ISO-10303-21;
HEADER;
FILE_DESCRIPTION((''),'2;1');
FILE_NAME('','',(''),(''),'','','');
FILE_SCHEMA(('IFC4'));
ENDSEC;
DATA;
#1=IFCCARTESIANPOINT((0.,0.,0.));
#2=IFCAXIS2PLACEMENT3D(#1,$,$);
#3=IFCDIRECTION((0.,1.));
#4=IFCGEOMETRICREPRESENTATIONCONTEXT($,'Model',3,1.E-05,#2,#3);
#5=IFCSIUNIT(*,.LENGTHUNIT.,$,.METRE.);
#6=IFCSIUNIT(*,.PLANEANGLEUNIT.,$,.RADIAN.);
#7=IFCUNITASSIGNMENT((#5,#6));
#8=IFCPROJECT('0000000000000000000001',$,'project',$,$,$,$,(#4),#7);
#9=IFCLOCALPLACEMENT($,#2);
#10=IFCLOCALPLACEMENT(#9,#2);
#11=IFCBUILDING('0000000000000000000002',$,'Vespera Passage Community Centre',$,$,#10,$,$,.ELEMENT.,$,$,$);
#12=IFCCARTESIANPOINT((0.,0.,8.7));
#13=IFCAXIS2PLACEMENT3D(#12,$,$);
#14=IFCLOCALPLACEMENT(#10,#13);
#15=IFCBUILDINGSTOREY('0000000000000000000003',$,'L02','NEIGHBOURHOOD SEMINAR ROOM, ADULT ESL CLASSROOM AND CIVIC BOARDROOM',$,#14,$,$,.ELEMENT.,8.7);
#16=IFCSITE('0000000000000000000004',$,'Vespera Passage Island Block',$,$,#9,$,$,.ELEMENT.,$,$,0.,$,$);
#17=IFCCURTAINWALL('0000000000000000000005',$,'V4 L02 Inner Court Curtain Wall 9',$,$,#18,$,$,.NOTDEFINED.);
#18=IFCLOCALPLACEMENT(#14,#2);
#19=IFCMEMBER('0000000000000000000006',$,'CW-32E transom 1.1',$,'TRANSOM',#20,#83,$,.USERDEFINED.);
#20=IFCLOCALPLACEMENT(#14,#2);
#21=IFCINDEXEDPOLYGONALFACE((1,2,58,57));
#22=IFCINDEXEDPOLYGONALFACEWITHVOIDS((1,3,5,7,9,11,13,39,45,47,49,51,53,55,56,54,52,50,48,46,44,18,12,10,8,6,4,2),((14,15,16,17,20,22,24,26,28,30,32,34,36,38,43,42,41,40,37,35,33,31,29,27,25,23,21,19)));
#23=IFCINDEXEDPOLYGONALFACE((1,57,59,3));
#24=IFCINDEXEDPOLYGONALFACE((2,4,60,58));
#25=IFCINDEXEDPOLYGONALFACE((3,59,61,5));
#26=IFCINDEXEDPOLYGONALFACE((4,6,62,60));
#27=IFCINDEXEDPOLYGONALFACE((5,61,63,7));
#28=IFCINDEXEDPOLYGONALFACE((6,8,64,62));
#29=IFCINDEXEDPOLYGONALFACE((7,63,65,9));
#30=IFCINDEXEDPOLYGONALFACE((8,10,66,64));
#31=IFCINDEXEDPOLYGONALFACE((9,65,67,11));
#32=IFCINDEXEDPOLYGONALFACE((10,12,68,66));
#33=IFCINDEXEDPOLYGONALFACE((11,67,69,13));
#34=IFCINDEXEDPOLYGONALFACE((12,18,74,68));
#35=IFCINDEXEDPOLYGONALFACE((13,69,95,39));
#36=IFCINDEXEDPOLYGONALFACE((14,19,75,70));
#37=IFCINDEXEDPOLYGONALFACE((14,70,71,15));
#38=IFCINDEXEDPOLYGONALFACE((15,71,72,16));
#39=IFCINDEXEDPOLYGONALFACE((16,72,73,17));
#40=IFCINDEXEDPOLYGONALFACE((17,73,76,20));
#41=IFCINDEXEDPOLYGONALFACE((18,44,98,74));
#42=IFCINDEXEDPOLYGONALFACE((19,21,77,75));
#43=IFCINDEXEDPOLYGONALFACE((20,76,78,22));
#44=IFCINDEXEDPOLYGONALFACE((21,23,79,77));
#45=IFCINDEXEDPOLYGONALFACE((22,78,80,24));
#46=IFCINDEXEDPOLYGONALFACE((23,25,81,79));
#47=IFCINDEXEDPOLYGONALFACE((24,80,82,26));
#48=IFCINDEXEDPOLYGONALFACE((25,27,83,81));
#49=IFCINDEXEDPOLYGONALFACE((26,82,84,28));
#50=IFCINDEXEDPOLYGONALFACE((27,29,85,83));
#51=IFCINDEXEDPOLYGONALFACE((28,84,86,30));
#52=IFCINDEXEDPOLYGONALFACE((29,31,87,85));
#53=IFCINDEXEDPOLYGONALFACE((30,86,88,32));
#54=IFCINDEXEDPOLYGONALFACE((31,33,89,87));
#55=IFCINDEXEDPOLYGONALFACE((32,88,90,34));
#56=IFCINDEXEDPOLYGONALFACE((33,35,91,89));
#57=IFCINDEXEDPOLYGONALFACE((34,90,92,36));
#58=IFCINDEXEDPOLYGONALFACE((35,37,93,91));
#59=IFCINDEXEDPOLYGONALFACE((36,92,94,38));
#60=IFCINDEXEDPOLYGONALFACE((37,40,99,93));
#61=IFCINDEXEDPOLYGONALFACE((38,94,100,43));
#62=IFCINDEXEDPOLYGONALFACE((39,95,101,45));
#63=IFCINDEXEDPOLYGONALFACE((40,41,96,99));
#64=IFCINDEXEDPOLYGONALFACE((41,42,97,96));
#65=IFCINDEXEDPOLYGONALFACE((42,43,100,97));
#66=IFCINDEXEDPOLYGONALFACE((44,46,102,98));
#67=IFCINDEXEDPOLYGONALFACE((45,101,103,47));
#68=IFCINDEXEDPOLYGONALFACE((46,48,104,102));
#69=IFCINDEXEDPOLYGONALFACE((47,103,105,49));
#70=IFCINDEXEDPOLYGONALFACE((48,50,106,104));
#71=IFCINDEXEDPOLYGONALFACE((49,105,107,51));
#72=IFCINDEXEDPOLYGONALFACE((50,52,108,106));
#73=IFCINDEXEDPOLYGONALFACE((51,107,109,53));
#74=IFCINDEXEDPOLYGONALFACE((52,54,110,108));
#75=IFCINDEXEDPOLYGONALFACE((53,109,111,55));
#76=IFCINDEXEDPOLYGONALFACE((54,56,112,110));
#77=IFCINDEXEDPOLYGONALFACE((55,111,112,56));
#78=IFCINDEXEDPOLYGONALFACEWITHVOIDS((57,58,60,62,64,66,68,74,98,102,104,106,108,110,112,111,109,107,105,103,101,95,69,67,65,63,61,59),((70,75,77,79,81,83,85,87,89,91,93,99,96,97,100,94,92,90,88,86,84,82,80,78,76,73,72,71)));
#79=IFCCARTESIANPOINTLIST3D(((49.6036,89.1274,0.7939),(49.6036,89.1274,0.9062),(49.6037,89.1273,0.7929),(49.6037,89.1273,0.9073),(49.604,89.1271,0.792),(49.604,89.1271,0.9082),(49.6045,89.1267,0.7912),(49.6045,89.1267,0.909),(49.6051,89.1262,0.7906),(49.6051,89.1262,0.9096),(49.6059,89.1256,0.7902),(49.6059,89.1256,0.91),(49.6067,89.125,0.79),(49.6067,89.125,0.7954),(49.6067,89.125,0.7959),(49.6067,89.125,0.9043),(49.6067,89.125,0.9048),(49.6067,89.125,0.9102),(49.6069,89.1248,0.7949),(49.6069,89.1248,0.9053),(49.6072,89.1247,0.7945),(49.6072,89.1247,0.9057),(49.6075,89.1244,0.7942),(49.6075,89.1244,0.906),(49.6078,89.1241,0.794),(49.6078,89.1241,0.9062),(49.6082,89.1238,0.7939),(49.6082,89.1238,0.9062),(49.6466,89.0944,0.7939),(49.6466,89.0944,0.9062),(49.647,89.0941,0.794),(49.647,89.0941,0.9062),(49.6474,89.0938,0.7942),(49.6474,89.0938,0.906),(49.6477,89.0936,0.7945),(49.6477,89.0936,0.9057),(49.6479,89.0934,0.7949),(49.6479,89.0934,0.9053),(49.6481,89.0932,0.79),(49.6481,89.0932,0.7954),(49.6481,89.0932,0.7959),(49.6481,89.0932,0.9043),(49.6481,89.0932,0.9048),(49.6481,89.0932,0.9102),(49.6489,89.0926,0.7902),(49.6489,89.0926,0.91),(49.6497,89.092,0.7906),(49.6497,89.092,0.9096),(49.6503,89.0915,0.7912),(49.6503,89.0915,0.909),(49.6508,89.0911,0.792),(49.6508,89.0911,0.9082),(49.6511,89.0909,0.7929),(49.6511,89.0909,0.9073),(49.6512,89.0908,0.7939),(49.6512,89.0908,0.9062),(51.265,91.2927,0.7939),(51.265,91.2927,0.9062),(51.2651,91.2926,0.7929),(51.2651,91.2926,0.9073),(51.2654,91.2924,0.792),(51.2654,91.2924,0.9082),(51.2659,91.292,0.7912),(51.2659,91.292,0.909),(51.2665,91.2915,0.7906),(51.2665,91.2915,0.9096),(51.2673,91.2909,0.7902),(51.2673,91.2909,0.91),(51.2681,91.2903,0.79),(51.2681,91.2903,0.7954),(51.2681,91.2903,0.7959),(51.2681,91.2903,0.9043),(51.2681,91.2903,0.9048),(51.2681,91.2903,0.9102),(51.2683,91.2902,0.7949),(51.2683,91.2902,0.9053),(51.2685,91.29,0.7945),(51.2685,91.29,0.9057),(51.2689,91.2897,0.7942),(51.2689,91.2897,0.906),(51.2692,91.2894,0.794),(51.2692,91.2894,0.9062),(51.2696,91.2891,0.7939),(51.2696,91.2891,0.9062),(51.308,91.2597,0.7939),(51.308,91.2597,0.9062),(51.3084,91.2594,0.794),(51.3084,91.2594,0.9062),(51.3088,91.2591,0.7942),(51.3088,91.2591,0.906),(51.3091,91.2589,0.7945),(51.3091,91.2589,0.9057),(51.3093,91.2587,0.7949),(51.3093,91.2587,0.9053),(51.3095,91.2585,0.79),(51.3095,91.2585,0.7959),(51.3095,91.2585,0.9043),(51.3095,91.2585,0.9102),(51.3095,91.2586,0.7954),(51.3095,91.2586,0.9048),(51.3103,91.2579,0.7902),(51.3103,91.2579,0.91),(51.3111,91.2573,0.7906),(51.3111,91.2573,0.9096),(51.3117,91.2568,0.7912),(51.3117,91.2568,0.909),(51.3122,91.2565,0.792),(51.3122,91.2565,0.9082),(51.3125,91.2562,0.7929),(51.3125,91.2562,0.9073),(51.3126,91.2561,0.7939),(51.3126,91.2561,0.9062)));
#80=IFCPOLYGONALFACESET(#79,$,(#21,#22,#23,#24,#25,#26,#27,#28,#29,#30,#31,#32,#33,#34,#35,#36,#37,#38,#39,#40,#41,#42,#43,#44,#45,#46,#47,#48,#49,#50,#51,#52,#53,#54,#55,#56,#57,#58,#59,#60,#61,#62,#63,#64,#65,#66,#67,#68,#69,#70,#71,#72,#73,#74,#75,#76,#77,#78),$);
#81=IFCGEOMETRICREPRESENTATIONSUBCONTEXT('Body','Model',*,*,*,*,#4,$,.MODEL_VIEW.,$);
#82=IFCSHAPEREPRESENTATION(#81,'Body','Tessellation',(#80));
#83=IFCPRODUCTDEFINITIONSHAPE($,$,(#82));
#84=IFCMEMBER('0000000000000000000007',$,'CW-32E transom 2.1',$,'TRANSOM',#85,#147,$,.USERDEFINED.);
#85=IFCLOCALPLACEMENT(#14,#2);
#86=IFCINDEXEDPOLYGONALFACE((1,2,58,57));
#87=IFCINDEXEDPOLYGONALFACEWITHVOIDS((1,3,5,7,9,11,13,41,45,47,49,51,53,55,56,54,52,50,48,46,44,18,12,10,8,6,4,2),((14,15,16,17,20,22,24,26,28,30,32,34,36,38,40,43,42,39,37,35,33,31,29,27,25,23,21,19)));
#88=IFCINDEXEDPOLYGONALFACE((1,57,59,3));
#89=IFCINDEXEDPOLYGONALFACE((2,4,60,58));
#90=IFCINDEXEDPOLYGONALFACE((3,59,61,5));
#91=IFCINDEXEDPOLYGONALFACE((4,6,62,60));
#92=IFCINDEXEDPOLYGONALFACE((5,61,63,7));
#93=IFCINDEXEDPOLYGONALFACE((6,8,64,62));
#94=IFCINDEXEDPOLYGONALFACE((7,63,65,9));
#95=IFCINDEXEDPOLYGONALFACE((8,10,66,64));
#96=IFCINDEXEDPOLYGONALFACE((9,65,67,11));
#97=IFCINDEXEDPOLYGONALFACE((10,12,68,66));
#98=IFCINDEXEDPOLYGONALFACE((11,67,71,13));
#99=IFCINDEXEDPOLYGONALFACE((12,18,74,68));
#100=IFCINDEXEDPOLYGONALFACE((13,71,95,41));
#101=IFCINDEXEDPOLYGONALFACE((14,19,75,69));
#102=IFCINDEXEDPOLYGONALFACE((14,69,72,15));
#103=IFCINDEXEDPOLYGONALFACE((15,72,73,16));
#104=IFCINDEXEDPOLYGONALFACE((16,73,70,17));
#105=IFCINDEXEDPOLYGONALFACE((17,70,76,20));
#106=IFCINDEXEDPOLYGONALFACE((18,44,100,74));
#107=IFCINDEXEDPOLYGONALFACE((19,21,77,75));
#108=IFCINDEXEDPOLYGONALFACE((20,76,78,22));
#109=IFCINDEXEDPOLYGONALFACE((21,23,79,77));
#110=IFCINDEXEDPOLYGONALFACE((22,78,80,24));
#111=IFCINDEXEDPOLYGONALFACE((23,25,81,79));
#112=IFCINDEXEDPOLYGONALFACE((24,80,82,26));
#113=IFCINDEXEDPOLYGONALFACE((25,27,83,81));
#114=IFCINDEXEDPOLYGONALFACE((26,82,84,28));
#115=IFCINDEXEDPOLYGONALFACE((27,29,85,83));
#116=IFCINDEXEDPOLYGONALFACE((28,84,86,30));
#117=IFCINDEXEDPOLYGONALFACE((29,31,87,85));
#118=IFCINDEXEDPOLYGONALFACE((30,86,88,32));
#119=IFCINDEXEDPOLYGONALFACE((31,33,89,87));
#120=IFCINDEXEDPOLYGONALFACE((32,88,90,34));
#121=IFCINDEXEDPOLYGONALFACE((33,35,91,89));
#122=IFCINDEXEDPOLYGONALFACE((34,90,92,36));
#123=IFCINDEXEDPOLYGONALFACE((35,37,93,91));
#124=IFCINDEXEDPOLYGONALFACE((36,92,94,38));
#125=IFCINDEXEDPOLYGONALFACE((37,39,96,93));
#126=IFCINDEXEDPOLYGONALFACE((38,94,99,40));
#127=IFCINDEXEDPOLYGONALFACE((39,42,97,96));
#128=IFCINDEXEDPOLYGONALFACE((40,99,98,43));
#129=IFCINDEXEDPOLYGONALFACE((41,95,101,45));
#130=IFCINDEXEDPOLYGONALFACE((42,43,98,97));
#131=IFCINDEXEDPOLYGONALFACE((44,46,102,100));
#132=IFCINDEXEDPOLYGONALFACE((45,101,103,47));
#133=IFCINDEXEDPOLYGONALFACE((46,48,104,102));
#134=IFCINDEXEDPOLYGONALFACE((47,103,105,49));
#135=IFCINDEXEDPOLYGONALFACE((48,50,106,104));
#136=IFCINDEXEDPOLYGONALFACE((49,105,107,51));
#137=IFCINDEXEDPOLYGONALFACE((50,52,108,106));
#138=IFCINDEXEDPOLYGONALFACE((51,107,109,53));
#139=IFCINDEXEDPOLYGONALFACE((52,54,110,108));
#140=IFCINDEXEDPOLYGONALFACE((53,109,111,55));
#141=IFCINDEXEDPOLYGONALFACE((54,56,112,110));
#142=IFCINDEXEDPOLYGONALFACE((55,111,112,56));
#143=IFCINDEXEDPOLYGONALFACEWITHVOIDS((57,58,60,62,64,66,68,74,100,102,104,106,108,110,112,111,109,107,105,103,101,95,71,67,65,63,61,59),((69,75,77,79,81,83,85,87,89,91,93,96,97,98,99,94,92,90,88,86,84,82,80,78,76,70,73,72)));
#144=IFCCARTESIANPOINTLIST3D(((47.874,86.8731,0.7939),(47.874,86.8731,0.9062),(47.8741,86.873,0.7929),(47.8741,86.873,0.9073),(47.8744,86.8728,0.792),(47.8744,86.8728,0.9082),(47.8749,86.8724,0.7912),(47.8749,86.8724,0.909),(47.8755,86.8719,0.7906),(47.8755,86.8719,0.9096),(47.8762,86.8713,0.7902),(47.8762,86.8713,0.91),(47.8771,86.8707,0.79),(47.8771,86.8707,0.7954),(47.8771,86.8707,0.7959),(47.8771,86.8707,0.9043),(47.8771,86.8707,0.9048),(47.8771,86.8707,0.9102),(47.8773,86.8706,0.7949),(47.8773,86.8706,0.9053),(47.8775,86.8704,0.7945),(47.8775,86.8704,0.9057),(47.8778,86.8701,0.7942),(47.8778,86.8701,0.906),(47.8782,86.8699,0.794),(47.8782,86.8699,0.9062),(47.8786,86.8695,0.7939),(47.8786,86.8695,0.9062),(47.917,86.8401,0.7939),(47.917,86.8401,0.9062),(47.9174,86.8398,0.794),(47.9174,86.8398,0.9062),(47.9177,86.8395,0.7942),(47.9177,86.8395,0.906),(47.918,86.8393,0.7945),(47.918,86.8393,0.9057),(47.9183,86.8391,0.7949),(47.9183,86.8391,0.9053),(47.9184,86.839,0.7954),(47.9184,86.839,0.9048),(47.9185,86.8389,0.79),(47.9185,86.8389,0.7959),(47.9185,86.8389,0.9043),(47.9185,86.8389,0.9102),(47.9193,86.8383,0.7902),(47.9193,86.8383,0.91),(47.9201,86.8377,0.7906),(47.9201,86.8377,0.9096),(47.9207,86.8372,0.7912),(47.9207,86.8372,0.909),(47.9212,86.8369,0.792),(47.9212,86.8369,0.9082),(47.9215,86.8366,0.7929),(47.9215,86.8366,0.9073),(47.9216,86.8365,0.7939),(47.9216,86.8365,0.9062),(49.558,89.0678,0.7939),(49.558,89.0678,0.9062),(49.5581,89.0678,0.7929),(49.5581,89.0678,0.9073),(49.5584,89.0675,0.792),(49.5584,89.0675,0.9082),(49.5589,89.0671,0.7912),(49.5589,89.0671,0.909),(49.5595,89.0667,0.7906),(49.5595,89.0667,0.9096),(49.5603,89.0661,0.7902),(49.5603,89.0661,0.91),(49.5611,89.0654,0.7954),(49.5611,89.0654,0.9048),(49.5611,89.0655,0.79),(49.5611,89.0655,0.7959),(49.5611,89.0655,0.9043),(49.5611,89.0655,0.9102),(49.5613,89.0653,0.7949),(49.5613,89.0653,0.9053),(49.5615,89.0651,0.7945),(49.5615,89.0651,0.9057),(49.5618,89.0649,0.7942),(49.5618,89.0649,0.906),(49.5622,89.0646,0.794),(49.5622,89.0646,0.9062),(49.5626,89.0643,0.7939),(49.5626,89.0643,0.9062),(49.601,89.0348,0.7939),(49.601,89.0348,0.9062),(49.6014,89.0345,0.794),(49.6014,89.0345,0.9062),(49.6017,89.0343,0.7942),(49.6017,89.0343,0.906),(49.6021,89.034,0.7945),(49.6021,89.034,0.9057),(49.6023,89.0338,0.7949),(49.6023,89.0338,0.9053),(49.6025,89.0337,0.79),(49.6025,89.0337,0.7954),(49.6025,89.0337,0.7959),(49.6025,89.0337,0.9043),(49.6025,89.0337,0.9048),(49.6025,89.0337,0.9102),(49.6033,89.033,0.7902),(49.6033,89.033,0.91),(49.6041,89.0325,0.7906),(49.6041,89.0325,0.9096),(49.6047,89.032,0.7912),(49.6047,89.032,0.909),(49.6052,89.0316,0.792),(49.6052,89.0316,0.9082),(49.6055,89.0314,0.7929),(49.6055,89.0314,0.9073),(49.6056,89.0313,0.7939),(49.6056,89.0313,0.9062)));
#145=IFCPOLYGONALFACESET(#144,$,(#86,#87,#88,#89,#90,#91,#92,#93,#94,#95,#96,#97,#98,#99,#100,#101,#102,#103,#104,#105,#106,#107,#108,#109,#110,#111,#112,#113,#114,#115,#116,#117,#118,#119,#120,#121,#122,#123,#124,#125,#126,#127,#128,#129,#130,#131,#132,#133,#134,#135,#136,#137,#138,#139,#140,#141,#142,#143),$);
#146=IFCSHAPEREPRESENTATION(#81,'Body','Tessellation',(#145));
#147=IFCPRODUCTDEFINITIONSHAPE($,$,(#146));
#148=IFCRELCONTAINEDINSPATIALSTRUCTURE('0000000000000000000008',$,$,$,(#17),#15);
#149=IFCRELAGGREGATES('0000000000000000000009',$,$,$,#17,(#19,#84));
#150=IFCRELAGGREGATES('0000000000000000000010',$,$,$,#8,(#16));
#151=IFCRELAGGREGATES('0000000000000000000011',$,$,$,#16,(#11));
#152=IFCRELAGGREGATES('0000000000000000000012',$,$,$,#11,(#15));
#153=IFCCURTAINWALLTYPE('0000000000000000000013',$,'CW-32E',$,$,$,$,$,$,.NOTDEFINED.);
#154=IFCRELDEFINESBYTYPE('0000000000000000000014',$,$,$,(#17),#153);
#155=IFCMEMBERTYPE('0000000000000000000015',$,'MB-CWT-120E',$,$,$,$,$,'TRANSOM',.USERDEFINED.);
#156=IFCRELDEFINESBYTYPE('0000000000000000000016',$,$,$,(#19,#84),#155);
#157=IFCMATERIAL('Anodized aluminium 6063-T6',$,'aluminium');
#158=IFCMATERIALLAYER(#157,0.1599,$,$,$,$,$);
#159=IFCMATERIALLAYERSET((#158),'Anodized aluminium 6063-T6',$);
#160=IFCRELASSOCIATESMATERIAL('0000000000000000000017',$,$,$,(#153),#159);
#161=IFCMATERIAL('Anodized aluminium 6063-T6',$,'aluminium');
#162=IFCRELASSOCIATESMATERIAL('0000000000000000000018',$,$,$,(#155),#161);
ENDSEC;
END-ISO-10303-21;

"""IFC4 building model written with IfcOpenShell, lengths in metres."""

from ifc_helpers import new_model, si_unit, direction, frame, origin, origin_2d, place, context, subcontext, project, spatial, hollow_rectangle, extrude, material, layer, layer_set, material_profile, profile_set, type_object, element, aggregate, save


model = new_model("IFC4")

# Units and contexts
model_context = context("Model", 3, precision=1e-05, world=origin(), true_north=direction((0.0, 1.0)))
body_context = subcontext(model_context, "Body", "Model", "MODEL_VIEW")
ifc_project = project(units=[si_unit("LENGTHUNIT", "METRE"), si_unit("PLANEANGLEUNIT", "RADIAN")], contexts=[model_context])

# Site, building, storey
site_placement = place(None, origin())
site = spatial("IfcSite", under=ifc_project, at=site_placement, Name="Vespera Passage Island Block", CompositionType="ELEMENT", RefElevation=0.0)
building_placement = place(site_placement, origin())
building = spatial("IfcBuilding", under=site, at=building_placement, Name="Vespera Passage Community Centre", CompositionType="ELEMENT")
storey_placement = place(building_placement, frame((0.0, 0.0, 8.7)))
storey = spatial("IfcBuildingStorey", under=building, at=storey_placement, Name="L02", Description="NEIGHBOURHOOD SEMINAR ROOM, ADULT ESL CLASSROOM AND CIVIC BOARDROOM", CompositionType="ELEMENT", Elevation=8.7)

# Curtain wall
ifc_material_1 = material(Name="Anodized aluminium 6063-T6", Category="aluminium")
ifc_layer_1 = layer(ifc_material_1, 0.1599)
ifc_layer_set_1 = layer_set([ifc_layer_1], Name="Anodized aluminium 6063-T6")
curtain_wall_type_1 = type_object("IfcCurtainWallType", Name="CW-32E", PredefinedType="NOTDEFINED", material=ifc_layer_set_1)
curtain_wall_1_placement = place(storey_placement, origin())
curtain_wall_1 = element("IfcCurtainWall", 1, at=curtain_wall_1_placement, inside=storey, type_object=curtain_wall_type_1, Name="V4 L02 Inner Court Curtain Wall 9", PredefinedType="NOTDEFINED")

# Members
ifc_material_2 = material(Name="Anodized aluminium 6063-T6", Category="aluminium")
ifc_material_profile_1 = material_profile(ifc_material_2, hollow_rectangle(XDim=0.0601, YDim=0.1201, WallThickness=0.0039, InnerFilletRadius=0.002, OuterFilletRadius=0.0039, at=origin_2d()), Name="ALU120X60X4")
ifc_profile_set_1 = profile_set([ifc_material_profile_1], Name="Anodized aluminium 6063-T6")
member_type_1 = type_object("IfcMemberType", Name="MB-CWT-120E", ElementType="TRANSOM", PredefinedType="USERDEFINED", material=ifc_profile_set_1)
member_1_placement = place(storey_placement, frame((51.2888, 91.2744, 0.8501), z_axis=(-0.608738, -0.793372, 0.0), x_axis=(0.793372, -0.608738, 0.0)))
member_1 = element("IfcMember", 2, at=member_1_placement, type_object=member_type_1, Name="CW-32E transom 1.1", ObjectType="TRANSOM", PredefinedType="USERDEFINED", context=body_context, shape_type="SweptSolid", body=[
    extrude(hollow_rectangle(XDim=0.0601, YDim=0.1201, WallThickness=0.0039, InnerFilletRadius=0.002, OuterFilletRadius=0.0039, at=origin_2d()), origin(), (0.0, 0.0, 1.0), 2.7292),
])
member_2_placement = place(storey_placement, frame((49.5818, 89.0496, 0.8501), z_axis=(-0.608746, -0.793365, 0.0), x_axis=(0.793365, -0.608746, 0.0)))
member_2 = element("IfcMember", 3, at=member_2_placement, type_object=member_type_1, Name="CW-32E transom 2.1", ObjectType="TRANSOM", PredefinedType="USERDEFINED", context=body_context, shape_type="SweptSolid", body=[
    extrude(hollow_rectangle(XDim=0.0601, YDim=0.1201, WallThickness=0.0039, InnerFilletRadius=0.002, OuterFilletRadius=0.0039, at=origin_2d()), origin(), (0.0, 0.0, 1.0), 2.7664),
])

aggregate(curtain_wall_1, [member_1, member_2])

save(model, "model.ifc")
